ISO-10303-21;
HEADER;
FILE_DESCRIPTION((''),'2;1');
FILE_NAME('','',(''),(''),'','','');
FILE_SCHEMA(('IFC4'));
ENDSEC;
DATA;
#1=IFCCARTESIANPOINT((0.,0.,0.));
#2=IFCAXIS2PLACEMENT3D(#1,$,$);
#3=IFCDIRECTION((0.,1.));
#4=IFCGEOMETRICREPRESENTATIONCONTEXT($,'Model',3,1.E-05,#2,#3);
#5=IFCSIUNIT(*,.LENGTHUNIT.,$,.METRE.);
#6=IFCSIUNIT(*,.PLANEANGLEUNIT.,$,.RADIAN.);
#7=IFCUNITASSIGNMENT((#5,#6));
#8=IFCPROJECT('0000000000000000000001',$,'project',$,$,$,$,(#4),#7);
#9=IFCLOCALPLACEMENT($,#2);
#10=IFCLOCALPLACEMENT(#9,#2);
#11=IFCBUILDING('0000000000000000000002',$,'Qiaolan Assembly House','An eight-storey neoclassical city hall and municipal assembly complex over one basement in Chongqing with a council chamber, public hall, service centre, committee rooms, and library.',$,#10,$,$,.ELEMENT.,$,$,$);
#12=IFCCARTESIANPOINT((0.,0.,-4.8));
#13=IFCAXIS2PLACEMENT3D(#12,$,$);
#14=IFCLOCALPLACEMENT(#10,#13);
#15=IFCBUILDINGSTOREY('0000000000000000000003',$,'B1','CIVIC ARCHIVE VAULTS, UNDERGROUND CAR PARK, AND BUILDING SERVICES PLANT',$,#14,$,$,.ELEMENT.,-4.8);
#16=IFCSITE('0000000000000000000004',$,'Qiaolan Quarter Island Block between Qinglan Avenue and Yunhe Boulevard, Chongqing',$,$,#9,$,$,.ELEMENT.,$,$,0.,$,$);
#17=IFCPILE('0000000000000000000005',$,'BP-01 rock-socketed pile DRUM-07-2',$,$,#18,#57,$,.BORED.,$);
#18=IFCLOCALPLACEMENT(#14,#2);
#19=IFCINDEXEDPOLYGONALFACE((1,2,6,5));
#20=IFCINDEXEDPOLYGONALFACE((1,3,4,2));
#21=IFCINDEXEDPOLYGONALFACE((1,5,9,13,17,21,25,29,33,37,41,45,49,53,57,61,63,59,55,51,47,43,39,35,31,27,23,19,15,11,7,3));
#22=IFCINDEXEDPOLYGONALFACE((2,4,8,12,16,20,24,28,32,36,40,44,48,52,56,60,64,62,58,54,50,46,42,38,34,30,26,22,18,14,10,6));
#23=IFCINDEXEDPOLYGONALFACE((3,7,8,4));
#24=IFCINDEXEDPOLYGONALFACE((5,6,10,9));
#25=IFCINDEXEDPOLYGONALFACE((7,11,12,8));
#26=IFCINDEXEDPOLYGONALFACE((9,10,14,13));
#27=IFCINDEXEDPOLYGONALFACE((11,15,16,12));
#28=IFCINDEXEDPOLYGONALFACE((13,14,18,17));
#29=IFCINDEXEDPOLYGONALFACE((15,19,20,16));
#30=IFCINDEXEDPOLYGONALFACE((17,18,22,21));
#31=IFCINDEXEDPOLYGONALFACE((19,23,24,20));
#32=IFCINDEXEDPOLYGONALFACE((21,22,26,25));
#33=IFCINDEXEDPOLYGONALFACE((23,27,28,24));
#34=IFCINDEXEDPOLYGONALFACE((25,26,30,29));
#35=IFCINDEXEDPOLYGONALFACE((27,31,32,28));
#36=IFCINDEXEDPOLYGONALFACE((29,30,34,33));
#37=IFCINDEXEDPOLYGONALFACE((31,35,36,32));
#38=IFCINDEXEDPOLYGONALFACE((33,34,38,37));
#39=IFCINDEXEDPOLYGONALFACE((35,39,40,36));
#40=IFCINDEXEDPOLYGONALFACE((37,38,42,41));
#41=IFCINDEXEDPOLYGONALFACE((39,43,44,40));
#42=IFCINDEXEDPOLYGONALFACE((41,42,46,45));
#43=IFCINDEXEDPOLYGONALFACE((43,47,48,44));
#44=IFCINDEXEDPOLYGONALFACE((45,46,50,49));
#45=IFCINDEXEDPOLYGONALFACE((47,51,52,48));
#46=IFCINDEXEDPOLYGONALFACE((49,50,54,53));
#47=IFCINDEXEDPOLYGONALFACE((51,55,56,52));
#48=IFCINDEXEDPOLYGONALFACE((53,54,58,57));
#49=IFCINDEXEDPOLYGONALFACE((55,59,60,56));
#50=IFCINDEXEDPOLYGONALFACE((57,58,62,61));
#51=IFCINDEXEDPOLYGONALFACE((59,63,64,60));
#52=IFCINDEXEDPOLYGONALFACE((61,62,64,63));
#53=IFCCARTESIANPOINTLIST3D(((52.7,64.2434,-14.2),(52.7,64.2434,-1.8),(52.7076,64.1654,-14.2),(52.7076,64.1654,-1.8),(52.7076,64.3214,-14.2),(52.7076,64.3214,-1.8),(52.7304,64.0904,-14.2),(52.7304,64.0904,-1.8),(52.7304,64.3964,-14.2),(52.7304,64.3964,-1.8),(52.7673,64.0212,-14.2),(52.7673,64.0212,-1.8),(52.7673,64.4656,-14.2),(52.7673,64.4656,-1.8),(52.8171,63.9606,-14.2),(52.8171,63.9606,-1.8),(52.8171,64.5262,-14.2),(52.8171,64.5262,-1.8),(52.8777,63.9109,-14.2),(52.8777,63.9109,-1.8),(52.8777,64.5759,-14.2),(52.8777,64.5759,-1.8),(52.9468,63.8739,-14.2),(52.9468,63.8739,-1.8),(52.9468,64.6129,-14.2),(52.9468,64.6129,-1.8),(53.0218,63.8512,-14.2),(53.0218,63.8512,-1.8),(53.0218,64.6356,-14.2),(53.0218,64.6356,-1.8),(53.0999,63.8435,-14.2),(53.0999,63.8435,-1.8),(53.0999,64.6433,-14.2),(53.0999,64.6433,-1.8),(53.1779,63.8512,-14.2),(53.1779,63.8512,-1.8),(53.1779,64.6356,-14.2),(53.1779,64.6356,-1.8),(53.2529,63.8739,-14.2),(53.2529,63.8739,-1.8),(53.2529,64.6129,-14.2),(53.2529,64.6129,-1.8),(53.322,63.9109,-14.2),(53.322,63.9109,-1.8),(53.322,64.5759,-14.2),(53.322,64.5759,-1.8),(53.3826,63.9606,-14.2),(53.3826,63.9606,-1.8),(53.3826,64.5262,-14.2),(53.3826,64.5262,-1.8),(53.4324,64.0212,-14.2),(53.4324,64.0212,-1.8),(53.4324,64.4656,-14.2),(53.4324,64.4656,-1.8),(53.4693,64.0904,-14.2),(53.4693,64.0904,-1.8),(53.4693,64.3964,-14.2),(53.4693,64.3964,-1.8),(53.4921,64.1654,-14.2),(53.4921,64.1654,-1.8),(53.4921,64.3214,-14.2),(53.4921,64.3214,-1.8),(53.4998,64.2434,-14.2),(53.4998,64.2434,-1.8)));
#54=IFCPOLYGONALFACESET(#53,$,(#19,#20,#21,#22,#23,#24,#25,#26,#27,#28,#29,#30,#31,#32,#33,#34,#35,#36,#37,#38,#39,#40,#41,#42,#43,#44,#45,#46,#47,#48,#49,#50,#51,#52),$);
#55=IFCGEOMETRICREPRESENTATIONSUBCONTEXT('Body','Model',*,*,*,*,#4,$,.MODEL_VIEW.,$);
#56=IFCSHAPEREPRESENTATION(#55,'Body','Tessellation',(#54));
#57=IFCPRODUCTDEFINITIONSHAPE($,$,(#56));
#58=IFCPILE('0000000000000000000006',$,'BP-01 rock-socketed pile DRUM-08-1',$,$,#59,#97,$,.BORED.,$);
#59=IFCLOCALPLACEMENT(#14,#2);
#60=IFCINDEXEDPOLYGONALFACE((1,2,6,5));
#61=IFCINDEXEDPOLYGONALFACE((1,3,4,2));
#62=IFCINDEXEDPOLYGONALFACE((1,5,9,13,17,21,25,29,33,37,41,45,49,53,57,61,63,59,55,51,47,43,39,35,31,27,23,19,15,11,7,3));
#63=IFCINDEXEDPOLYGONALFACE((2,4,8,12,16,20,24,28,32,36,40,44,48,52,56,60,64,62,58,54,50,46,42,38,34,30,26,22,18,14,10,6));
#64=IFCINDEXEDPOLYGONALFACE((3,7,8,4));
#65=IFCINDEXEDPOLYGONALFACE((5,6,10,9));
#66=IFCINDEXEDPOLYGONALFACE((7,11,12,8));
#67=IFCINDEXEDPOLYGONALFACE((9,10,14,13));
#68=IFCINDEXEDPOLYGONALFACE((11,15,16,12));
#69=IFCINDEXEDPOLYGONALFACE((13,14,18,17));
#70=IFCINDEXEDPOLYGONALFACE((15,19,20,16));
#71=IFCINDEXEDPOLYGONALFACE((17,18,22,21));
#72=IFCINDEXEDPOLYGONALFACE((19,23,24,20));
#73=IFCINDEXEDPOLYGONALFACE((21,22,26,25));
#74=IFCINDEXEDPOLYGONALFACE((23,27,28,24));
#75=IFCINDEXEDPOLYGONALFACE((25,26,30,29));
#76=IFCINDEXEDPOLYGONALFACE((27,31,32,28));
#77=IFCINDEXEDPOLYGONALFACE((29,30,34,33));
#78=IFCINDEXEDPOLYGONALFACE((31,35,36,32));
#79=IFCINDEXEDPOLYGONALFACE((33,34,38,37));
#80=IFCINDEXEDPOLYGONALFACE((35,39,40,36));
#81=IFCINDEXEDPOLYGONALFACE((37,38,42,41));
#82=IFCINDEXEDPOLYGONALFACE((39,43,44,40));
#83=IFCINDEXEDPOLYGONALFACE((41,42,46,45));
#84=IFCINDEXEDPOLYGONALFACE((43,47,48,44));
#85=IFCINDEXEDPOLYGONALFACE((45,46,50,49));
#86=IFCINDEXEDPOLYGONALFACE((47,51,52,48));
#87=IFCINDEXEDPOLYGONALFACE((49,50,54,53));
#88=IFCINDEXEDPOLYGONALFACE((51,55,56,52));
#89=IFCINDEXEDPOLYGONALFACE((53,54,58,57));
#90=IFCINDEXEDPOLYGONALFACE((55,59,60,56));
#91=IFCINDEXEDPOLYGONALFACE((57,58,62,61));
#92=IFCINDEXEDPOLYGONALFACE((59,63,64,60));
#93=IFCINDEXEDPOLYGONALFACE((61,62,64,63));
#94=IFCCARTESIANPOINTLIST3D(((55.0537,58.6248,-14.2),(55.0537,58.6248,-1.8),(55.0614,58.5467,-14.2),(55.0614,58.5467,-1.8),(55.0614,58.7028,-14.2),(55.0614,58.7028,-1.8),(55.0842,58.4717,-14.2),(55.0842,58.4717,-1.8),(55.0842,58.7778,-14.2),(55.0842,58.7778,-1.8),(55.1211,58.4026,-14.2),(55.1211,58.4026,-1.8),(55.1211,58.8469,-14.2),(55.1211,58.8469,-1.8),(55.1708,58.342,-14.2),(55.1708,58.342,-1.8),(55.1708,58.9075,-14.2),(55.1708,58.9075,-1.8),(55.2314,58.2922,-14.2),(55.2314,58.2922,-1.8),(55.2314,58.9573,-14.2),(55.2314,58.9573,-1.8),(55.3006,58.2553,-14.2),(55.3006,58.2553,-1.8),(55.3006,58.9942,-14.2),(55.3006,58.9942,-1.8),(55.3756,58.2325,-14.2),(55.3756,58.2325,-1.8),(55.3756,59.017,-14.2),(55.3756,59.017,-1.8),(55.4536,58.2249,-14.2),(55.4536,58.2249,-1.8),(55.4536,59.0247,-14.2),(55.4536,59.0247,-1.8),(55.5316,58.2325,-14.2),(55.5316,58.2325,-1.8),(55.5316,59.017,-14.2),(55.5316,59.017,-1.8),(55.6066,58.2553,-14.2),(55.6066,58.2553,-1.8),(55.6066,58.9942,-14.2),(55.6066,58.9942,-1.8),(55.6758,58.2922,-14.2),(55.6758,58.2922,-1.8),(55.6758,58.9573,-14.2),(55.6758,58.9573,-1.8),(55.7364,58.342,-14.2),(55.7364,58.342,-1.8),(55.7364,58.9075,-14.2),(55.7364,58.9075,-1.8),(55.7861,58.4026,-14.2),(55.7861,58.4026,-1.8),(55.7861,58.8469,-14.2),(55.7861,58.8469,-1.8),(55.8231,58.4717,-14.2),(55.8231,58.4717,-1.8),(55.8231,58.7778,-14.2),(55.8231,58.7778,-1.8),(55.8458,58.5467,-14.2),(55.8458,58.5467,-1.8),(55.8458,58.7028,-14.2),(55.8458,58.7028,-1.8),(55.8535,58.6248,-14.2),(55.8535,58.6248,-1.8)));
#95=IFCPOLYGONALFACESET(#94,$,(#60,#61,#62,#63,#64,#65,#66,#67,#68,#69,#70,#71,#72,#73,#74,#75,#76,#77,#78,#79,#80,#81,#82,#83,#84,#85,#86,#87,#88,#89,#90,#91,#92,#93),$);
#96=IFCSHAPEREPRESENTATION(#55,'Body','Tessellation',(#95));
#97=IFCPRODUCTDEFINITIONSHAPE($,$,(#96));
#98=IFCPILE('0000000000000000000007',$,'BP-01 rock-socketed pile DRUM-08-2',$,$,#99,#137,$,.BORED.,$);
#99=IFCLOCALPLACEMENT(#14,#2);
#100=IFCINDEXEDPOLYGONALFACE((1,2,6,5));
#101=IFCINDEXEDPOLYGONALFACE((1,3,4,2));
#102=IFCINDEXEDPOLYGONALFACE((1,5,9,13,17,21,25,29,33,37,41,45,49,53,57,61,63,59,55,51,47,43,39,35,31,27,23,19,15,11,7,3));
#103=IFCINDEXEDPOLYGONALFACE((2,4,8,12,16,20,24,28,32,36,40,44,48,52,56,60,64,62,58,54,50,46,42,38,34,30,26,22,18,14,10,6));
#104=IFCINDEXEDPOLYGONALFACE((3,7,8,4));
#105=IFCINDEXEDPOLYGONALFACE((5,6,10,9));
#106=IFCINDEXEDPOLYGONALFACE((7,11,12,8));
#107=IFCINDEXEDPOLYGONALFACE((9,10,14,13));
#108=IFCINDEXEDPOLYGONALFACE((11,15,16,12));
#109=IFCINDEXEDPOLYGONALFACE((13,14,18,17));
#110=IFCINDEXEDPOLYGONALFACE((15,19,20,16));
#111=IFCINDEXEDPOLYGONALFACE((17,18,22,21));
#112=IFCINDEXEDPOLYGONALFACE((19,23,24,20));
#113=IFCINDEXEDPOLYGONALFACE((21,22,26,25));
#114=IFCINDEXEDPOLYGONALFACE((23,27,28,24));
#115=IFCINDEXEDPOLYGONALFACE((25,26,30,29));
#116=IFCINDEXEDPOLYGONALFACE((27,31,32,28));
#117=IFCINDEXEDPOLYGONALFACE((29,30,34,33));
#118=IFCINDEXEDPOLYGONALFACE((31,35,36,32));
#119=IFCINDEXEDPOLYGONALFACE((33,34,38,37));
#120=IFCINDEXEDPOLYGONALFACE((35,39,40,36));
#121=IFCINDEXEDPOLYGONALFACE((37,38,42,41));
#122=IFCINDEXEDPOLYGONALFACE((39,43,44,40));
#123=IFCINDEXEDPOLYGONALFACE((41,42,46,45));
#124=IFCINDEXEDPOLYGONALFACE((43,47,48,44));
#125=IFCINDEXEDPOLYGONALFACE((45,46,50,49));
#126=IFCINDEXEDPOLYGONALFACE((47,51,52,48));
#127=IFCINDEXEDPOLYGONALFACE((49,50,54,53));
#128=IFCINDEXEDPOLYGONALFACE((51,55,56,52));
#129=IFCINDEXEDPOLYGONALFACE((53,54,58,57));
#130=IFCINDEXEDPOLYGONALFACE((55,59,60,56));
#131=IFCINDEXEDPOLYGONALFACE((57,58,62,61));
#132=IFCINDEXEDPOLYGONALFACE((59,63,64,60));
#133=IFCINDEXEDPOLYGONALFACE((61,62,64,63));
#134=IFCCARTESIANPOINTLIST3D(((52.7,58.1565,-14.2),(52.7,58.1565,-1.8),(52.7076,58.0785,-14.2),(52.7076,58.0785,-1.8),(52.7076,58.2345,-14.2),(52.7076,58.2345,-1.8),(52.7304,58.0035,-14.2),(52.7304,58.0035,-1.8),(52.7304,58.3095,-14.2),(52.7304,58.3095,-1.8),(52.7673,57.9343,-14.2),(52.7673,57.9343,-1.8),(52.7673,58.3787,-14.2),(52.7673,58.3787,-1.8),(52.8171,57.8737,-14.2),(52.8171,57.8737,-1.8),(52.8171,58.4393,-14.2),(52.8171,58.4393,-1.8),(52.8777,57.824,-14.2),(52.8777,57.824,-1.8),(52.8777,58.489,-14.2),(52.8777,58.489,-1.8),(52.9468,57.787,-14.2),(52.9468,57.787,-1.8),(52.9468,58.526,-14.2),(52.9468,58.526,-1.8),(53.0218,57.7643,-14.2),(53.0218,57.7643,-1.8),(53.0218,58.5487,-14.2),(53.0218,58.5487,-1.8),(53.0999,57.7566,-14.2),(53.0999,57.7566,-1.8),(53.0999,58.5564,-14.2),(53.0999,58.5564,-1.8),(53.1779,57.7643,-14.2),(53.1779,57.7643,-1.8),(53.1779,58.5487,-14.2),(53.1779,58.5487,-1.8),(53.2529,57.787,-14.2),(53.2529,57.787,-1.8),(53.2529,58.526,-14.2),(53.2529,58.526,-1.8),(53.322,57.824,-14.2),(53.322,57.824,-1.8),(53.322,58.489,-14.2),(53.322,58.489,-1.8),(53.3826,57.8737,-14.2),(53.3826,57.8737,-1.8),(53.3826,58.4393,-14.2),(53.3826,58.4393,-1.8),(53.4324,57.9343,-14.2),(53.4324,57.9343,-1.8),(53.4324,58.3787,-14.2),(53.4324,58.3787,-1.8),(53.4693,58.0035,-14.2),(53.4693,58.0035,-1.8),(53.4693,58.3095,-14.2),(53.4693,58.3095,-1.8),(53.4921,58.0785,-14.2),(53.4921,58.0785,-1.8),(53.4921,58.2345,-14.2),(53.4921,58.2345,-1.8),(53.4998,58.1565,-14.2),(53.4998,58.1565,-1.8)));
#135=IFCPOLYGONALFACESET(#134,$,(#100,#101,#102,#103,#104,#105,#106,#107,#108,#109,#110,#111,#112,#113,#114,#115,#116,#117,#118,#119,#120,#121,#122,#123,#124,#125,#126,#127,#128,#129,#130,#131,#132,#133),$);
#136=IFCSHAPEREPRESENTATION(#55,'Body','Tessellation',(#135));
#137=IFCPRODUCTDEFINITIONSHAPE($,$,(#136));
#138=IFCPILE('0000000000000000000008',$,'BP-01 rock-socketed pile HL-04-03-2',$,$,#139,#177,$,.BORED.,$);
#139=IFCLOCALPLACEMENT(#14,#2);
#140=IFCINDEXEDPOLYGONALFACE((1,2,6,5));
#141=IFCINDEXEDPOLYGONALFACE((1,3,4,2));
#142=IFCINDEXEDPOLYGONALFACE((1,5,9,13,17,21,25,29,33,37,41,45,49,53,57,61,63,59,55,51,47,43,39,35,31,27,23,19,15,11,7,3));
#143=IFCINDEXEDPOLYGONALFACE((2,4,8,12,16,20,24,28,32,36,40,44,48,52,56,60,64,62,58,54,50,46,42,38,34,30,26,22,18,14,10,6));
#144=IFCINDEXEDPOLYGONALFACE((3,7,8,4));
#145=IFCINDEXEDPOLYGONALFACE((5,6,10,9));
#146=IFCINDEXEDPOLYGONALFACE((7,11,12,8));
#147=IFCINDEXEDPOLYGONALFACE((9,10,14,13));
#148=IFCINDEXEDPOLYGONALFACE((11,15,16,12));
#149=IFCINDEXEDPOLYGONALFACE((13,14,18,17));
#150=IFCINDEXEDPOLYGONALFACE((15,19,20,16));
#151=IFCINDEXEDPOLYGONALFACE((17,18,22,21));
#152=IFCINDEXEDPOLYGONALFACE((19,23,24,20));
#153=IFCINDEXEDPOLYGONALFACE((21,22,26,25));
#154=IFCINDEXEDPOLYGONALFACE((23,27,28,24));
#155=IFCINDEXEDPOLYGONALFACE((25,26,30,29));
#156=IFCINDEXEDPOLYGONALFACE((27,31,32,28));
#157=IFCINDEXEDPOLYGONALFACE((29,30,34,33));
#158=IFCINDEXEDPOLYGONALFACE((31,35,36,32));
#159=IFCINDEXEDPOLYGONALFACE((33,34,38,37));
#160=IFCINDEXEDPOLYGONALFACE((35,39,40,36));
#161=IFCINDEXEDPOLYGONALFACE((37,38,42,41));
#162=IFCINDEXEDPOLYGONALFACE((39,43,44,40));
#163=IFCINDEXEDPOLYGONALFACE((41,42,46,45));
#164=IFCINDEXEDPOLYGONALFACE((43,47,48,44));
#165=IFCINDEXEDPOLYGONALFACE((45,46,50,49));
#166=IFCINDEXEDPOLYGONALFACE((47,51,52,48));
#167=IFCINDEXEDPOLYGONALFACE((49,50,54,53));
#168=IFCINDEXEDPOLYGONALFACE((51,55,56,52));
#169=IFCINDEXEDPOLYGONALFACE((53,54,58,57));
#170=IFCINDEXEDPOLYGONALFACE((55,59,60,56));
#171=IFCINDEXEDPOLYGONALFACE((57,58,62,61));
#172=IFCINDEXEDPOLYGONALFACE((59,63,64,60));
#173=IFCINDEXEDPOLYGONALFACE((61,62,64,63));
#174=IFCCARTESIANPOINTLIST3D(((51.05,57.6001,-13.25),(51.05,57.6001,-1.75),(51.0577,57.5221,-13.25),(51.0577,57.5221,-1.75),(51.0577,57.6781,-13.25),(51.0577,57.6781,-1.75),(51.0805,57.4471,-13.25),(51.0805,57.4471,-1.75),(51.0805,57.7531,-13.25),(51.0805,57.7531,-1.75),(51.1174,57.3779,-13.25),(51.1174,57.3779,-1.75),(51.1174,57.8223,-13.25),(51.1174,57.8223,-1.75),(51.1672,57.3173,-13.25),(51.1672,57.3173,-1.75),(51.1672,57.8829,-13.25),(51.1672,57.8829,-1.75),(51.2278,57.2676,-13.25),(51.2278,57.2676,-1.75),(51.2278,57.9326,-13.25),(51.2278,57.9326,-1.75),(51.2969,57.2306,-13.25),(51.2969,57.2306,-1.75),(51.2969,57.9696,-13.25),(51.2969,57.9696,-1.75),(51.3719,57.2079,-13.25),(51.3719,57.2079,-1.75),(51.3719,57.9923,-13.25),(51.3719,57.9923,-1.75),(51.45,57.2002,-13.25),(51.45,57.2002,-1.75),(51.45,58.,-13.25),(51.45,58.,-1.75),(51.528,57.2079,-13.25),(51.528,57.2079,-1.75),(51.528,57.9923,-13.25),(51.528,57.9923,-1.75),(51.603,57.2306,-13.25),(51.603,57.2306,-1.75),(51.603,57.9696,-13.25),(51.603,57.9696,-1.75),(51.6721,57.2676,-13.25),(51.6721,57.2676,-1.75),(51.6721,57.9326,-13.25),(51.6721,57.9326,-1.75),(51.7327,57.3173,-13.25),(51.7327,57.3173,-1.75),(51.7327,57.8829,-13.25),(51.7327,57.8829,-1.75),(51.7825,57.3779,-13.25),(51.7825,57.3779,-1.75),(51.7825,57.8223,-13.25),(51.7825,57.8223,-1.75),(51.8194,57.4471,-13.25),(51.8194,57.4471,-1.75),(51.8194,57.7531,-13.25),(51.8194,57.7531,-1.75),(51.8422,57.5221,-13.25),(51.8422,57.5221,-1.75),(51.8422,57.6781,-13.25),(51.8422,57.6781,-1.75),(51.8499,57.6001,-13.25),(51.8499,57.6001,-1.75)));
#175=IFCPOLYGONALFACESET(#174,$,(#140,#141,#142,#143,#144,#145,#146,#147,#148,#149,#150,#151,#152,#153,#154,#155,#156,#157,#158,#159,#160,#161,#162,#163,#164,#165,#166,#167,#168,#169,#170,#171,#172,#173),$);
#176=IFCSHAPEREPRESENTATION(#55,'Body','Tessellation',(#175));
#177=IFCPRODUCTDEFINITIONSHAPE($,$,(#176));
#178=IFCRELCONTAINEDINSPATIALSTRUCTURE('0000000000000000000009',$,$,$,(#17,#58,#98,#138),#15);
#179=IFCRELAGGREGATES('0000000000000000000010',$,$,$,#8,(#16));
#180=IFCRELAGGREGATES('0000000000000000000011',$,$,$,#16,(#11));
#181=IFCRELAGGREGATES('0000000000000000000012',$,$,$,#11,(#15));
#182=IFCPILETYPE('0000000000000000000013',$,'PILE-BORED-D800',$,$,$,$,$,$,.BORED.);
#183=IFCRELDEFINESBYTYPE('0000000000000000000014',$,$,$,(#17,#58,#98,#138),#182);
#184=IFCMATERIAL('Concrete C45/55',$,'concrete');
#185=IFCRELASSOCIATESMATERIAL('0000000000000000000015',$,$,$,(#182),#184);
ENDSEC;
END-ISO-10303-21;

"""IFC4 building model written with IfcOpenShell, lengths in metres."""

from ifc_helpers import new_model, si_unit, direction, frame, origin, origin_2d, place, context, subcontext, project, spatial, circle, extrude, material, material_profile, profile_set, type_object, element, save


model = new_model("IFC4")

# Units and contexts
model_context = context("Model", 3, precision=1e-05, world=origin(), true_north=direction((0.0, 1.0)))
body_context = subcontext(model_context, "Body", "Model", "MODEL_VIEW")
ifc_project = project(units=[si_unit("LENGTHUNIT", "METRE"), si_unit("PLANEANGLEUNIT", "RADIAN")], contexts=[model_context])

# Site, building, storey
site_placement = place(None, origin())
site = spatial("IfcSite", under=ifc_project, at=site_placement, Name="Qiaolan Quarter Island Block between Qinglan Avenue and Yunhe Boulevard, Chongqing", CompositionType="ELEMENT", RefElevation=0.0)
building_placement = place(site_placement, origin())
building = spatial("IfcBuilding", under=site, at=building_placement, Name="Qiaolan Assembly House", Description="An eight-storey neoclassical city hall and municipal assembly complex over one basement in Chongqing with a council chamber, public hall, service centre, committee rooms, and library.", CompositionType="ELEMENT")
storey_placement = place(building_placement, frame((0.0, 0.0, -4.8)))
storey = spatial("IfcBuildingStorey", under=building, at=storey_placement, Name="B1", Description="CIVIC ARCHIVE VAULTS, UNDERGROUND CAR PARK, AND BUILDING SERVICES PLANT", CompositionType="ELEMENT", Elevation=-4.8)

# Piles
ifc_material_1 = material(Name="Concrete C45/55", Category="concrete")
ifc_material_profile_1 = material_profile(ifc_material_1, circle(Radius=0.3999, at=origin_2d()), Name="PILE D800")
ifc_profile_set_1 = profile_set([ifc_material_profile_1], Name="Concrete C45/55")
pile_type = type_object("IfcPileType", Name="PILE-BORED-D800", PredefinedType="BORED", material=ifc_profile_set_1)
for number, where, z_axis, x_axis, name in (
    (1, (53.0999, 64.2434, -1.8), (0.0, 0.0, -1.0), (1.0, 0.0, 0.0), "BP-01 rock-socketed pile DRUM-07-2"),
    (2, (55.4536, 58.6248, -1.8), (0.0, 0.0, -1.0), (1.0, 0.0, 0.0), "BP-01 rock-socketed pile DRUM-08-1"),
    (3, (53.0999, 58.1565, -1.8), (0.0, 0.0, -1.0), (1.0, 0.0, 0.0), "BP-01 rock-socketed pile DRUM-08-2"),
):
    element("IfcPile", number, at=place(storey_placement, frame(where, z_axis=z_axis, x_axis=x_axis)), inside=storey, type_object=pile_type, Name=name, PredefinedType="BORED", context=body_context, shape_type="SweptSolid", body=[
        extrude(circle(Radius=0.3999, at=origin_2d()), origin(), (0.0, 0.0, 1.0), 12.3999),
    ])
for number, where, z_axis, x_axis, name in (
    (4, (51.45, 57.6001, -1.75), (0.0, 0.0, -1.0), (1.0, 0.0, 0.0), "BP-01 rock-socketed pile HL-04-03-2"),
):
    element("IfcPile", number, at=place(storey_placement, frame(where, z_axis=z_axis, x_axis=x_axis)), inside=storey, type_object=pile_type, Name=name, PredefinedType="BORED", context=body_context, shape_type="SweptSolid", body=[
        extrude(circle(Radius=0.3999, at=origin_2d()), origin(), (0.0, 0.0, 1.0), 11.5),
    ])

save(model, "model.ifc")
